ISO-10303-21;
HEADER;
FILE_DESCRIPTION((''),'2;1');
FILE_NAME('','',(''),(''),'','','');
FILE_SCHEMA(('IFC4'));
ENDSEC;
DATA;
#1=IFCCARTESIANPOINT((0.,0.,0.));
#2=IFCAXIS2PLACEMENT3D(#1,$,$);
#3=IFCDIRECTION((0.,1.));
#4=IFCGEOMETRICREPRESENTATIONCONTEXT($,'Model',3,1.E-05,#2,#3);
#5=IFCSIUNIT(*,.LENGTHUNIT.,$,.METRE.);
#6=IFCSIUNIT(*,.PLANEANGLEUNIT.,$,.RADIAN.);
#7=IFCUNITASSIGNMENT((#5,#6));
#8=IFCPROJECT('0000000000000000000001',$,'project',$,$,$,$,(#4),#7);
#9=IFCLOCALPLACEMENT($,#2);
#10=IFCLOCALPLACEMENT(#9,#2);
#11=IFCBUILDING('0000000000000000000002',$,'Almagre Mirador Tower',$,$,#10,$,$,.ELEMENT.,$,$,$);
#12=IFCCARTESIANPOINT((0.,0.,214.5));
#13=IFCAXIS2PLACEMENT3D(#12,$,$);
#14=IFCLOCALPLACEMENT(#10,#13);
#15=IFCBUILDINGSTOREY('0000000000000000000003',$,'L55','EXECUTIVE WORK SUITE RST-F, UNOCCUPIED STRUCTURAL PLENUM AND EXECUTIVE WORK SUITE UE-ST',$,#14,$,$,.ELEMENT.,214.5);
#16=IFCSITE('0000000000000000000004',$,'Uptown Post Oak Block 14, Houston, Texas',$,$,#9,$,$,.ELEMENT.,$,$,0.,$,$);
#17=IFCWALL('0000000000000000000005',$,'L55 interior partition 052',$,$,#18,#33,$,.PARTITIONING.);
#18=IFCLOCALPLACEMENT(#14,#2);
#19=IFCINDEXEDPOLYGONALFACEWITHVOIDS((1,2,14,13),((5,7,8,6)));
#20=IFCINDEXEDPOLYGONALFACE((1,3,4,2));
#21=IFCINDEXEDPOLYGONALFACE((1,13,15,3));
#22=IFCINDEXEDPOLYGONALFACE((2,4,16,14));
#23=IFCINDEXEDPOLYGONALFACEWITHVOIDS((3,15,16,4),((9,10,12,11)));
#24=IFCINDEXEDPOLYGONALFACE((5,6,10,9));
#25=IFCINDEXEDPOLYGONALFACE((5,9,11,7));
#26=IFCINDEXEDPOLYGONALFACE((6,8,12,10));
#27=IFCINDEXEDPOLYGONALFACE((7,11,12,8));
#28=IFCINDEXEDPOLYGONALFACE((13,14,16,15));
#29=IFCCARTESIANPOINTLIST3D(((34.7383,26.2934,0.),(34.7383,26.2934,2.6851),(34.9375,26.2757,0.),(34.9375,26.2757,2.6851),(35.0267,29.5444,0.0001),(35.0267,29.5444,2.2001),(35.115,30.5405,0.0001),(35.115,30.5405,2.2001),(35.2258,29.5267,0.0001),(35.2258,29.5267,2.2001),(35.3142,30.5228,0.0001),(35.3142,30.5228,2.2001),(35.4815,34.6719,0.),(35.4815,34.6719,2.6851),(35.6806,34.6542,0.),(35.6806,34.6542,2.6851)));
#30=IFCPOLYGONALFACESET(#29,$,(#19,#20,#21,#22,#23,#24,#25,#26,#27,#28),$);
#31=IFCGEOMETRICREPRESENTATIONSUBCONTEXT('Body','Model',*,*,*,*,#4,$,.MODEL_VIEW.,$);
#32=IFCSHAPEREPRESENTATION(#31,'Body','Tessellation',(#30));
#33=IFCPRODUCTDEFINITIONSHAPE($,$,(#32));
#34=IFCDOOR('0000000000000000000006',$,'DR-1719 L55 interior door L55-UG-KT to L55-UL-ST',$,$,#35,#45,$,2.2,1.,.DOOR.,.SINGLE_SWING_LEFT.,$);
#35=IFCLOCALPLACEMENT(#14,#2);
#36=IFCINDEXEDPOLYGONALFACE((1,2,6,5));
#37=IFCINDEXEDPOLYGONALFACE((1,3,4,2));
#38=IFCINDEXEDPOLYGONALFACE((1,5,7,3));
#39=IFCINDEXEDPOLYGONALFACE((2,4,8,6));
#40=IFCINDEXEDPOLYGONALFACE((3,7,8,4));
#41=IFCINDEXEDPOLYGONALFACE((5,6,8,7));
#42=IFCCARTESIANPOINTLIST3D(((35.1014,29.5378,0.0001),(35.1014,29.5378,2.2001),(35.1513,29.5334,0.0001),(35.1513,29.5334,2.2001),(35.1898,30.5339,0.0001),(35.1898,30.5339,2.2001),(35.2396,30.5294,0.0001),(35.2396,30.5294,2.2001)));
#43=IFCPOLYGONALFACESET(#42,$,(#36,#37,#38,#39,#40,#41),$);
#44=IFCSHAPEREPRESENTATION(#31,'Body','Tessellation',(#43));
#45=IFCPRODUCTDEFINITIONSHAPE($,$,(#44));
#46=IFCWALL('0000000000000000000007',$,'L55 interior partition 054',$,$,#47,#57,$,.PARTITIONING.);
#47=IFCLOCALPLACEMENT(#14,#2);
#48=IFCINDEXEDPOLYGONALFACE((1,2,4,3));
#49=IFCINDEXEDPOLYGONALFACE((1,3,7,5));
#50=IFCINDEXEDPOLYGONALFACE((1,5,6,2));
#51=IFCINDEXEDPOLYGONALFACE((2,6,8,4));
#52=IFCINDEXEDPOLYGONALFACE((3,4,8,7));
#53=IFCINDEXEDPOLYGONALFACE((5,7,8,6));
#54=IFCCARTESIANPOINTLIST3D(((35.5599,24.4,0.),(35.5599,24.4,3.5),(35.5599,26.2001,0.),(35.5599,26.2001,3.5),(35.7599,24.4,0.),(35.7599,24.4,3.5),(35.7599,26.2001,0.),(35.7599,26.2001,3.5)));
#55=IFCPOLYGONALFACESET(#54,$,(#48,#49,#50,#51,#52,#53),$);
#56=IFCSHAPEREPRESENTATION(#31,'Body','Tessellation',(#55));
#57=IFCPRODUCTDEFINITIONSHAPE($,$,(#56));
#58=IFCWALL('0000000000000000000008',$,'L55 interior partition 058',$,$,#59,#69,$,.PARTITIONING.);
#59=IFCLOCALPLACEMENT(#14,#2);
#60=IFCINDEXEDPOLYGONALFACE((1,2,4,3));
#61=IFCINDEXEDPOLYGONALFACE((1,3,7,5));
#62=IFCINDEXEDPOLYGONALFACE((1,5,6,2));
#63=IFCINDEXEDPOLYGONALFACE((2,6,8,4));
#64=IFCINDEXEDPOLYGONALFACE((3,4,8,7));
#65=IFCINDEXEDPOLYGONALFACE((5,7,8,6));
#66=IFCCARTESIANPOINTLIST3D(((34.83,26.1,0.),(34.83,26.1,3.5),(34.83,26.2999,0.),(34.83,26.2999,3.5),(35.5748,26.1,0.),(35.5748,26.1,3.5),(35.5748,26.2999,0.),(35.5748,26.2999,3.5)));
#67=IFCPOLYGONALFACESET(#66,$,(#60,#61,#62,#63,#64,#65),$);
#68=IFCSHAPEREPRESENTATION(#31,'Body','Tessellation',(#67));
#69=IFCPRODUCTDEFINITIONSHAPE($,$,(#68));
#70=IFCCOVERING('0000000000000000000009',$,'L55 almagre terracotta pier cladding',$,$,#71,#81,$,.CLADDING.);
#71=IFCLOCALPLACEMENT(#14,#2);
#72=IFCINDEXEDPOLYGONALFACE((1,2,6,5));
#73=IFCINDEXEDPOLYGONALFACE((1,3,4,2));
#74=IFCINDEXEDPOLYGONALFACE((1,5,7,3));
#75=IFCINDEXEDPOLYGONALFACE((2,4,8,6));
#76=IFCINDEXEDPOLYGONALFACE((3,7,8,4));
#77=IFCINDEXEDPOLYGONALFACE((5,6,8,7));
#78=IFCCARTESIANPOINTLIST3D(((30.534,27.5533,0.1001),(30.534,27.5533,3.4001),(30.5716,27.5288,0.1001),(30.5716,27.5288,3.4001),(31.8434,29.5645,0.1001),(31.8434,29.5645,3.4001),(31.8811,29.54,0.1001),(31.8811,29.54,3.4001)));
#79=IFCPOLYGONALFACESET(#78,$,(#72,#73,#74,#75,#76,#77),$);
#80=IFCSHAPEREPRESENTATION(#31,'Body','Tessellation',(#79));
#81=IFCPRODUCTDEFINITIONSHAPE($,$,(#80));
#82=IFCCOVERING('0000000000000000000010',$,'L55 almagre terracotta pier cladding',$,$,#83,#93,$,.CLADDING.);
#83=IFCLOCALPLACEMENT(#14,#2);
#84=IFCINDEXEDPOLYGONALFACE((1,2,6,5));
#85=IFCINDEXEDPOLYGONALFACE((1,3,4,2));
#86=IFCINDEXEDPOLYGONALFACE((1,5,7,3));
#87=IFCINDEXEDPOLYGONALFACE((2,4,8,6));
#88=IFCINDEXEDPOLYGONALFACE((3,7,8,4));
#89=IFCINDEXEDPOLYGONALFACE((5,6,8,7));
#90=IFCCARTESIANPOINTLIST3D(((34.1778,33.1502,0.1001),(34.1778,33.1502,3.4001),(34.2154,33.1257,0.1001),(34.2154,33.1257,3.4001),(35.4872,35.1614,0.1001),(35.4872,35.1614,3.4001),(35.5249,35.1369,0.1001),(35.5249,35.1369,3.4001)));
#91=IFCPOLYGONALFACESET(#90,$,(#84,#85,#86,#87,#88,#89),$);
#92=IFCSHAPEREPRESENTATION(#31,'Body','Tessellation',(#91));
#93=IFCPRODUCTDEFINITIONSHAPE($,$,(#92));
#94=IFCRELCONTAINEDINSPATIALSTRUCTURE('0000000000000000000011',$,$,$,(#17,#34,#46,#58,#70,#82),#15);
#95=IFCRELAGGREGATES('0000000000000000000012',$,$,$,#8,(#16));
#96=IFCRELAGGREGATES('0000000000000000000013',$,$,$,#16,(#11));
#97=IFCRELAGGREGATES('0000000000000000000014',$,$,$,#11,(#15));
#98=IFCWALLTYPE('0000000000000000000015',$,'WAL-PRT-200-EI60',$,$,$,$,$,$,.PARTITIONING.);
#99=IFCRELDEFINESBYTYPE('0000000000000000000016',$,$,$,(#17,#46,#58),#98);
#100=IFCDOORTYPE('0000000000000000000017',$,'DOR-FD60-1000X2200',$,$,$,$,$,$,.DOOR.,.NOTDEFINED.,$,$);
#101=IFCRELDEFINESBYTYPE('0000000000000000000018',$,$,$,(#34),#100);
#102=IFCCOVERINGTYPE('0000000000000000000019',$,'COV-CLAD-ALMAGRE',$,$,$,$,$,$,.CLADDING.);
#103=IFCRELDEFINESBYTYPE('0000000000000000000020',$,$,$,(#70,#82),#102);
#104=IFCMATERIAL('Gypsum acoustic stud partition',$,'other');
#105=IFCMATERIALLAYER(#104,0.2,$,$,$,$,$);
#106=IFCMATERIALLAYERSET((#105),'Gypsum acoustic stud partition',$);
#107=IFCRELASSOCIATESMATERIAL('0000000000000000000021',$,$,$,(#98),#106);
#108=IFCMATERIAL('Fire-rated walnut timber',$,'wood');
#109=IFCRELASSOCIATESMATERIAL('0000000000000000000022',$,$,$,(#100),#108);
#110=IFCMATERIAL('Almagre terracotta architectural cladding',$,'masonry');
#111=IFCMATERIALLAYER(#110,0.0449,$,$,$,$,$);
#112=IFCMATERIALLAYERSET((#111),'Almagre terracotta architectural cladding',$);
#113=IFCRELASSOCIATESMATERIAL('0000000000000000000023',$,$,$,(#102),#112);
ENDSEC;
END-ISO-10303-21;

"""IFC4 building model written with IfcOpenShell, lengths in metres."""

from ifc_helpers import new_model, si_unit, direction, frame, frame_2d, origin, origin_2d, place, context, subcontext, project, spatial, rectangle, extrude, material, layer, layer_set, type_object, element, fill, save


model = new_model("IFC4")

# Units and contexts
model_context = context("Model", 3, precision=1e-05, world=origin(), true_north=direction((0.0, 1.0)))
body_context = subcontext(model_context, "Body", "Model", "MODEL_VIEW")
ifc_project = project(units=[si_unit("LENGTHUNIT", "METRE"), si_unit("PLANEANGLEUNIT", "RADIAN")], contexts=[model_context])

# Site, building, storey
site_placement = place(None, origin())
site = spatial("IfcSite", under=ifc_project, at=site_placement, Name="Uptown Post Oak Block 14, Houston, Texas", CompositionType="ELEMENT", RefElevation=0.0)
building_placement = place(site_placement, origin())
building = spatial("IfcBuilding", under=site, at=building_placement, Name="Almagre Mirador Tower", CompositionType="ELEMENT")
storey_placement = place(building_placement, frame((0.0, 0.0, 214.5)))
storey = spatial("IfcBuildingStorey", under=building, at=storey_placement, Name="L55", Description="EXECUTIVE WORK SUITE RST-F, UNOCCUPIED STRUCTURAL PLENUM AND EXECUTIVE WORK SUITE UE-ST", CompositionType="ELEMENT", Elevation=214.5)

# Shared definitions
ifc_material_1 = material(Name="Gypsum acoustic stud partition", Category="other")
ifc_layer_1 = layer(ifc_material_1, 0.2)
ifc_layer_set_1 = layer_set([ifc_layer_1], Name="Gypsum acoustic stud partition")
wall_type_1 = type_object("IfcWallType", Name="WAL-PRT-200-EI60", PredefinedType="PARTITIONING", material=ifc_layer_set_1)

# Wall, opening, door
wall_1_placement = place(storey_placement, frame((34.8379, 26.2847, 0.0), z_axis=(0.0, 0.0, 1.0), x_axis=(0.088353, 0.996089, 0.0)))
wall_1 = element("IfcWall", 1, at=wall_1_placement, inside=storey, type_object=wall_type_1, Name="L55 interior partition 052", PredefinedType="PARTITIONING", context=body_context, shape_type="SweptSolid", body=[
    extrude(rectangle(XDim=8.4114, YDim=0.2, at=frame_2d((4.2056, 0.0))), origin(), (0.0, 0.0, 1.0), 2.6851),
])
opening_1_placement = place(wall_1_placement, frame((3.2637, 0.0, 0.0)))
opening_1 = element("IfcOpeningElement", 2, at=opening_1_placement, cuts=wall_1, PredefinedType="OPENING", context=body_context, shape_type="SweptSolid", body=[
    extrude(rectangle(XDim=1.0, YDim=2.2, at=frame_2d((0.5, 1.1001))), frame((0.0, 0.1101, 0.0), z_axis=(0.0, -1.0, 0.0), x_axis=(1.0, 0.0, 0.0)), (0.0, 0.0, 1.0), 0.22),
])
ifc_material_2 = material(Name="Fire-rated walnut timber", Category="wood")
door_type = type_object("IfcDoorType", Name="DOR-FD60-1000X2200", OperationType="NOTDEFINED", PredefinedType="DOOR", material=ifc_material_2)
door_placement = place(opening_1_placement, origin())
door = element("IfcDoor", 3, at=door_placement, inside=storey, type_object=door_type, Name="DR-1719 L55 interior door L55-UG-KT to L55-UL-ST", OperationType="SINGLE_SWING_LEFT", OverallHeight=2.2, OverallWidth=1.0, PredefinedType="DOOR", context=body_context, shape_type="SweptSolid", body=[
    extrude(rectangle(XDim=1.0, YDim=2.2, at=frame_2d((0.5, 1.1001))), frame((0.0, 0.0249, 0.0), z_axis=(0.0, -1.0, 0.0), x_axis=(1.0, 0.0, 0.0)), (0.0, 0.0, 1.0), 0.05),
])
fill(opening_1, door)

# Walls
wall_2_placement = place(storey_placement, frame((35.6599, 26.2, 0.0), z_axis=(0.0, 0.0, 1.0), x_axis=(0.0, -1.0, 0.0)))
element("IfcWall", 4, at=wall_2_placement, inside=storey, type_object=wall_type_1, Name="L55 interior partition 054", PredefinedType="PARTITIONING", context=body_context, shape_type="SweptSolid", body=[
    extrude(rectangle(XDim=1.8, YDim=0.2, at=frame_2d((0.8999, 0.0))), origin(), (0.0, 0.0, 1.0), 3.5),
])
wall_3_placement = place(storey_placement, frame((35.575, 26.2, 0.0), z_axis=(0.0, 0.0, 1.0), x_axis=(-1.0, 0.0, 0.0)))
element("IfcWall", 5, at=wall_3_placement, inside=storey, type_object=wall_type_1, Name="L55 interior partition 058", PredefinedType="PARTITIONING", context=body_context, shape_type="SweptSolid", body=[
    extrude(rectangle(XDim=0.7449, YDim=0.2, at=frame_2d((0.3726, 0.0))), origin(), (0.0, 0.0, 1.0), 3.5),
])

# Coverings
ifc_material_3 = material(Name="Almagre terracotta architectural cladding", Category="masonry")
ifc_layer_2 = layer(ifc_material_3, 0.0449)
ifc_layer_set_2 = layer_set([ifc_layer_2], Name="Almagre terracotta architectural cladding")
covering_type = type_object("IfcCoveringType", Name="COV-CLAD-ALMAGRE", PredefinedType="CLADDING", material=ifc_layer_set_2)
for number, where, z_axis, x_axis, name in (
    (6, (31.2075, 28.5466, 0.1001), (0.0, 0.0, 1.0), (0.545619, 0.838033, 0.0), "L55 almagre terracotta pier cladding"),
    (7, (34.8513, 34.1436, 0.1001), (0.0, 0.0, 1.0), (0.545619, 0.838033, 0.0), "L55 almagre terracotta pier cladding"),
):
    element("IfcCovering", number, at=place(storey_placement, frame(where, z_axis=z_axis, x_axis=x_axis)), inside=storey, type_object=covering_type, Name=name, PredefinedType="CLADDING", context=body_context, shape_type="SweptSolid", body=[
        extrude(rectangle(XDim=2.3999, YDim=0.0449, at=origin_2d()), origin(), (0.0, 0.0, 1.0), 3.3),
    ])

save(model, "model.ifc")
